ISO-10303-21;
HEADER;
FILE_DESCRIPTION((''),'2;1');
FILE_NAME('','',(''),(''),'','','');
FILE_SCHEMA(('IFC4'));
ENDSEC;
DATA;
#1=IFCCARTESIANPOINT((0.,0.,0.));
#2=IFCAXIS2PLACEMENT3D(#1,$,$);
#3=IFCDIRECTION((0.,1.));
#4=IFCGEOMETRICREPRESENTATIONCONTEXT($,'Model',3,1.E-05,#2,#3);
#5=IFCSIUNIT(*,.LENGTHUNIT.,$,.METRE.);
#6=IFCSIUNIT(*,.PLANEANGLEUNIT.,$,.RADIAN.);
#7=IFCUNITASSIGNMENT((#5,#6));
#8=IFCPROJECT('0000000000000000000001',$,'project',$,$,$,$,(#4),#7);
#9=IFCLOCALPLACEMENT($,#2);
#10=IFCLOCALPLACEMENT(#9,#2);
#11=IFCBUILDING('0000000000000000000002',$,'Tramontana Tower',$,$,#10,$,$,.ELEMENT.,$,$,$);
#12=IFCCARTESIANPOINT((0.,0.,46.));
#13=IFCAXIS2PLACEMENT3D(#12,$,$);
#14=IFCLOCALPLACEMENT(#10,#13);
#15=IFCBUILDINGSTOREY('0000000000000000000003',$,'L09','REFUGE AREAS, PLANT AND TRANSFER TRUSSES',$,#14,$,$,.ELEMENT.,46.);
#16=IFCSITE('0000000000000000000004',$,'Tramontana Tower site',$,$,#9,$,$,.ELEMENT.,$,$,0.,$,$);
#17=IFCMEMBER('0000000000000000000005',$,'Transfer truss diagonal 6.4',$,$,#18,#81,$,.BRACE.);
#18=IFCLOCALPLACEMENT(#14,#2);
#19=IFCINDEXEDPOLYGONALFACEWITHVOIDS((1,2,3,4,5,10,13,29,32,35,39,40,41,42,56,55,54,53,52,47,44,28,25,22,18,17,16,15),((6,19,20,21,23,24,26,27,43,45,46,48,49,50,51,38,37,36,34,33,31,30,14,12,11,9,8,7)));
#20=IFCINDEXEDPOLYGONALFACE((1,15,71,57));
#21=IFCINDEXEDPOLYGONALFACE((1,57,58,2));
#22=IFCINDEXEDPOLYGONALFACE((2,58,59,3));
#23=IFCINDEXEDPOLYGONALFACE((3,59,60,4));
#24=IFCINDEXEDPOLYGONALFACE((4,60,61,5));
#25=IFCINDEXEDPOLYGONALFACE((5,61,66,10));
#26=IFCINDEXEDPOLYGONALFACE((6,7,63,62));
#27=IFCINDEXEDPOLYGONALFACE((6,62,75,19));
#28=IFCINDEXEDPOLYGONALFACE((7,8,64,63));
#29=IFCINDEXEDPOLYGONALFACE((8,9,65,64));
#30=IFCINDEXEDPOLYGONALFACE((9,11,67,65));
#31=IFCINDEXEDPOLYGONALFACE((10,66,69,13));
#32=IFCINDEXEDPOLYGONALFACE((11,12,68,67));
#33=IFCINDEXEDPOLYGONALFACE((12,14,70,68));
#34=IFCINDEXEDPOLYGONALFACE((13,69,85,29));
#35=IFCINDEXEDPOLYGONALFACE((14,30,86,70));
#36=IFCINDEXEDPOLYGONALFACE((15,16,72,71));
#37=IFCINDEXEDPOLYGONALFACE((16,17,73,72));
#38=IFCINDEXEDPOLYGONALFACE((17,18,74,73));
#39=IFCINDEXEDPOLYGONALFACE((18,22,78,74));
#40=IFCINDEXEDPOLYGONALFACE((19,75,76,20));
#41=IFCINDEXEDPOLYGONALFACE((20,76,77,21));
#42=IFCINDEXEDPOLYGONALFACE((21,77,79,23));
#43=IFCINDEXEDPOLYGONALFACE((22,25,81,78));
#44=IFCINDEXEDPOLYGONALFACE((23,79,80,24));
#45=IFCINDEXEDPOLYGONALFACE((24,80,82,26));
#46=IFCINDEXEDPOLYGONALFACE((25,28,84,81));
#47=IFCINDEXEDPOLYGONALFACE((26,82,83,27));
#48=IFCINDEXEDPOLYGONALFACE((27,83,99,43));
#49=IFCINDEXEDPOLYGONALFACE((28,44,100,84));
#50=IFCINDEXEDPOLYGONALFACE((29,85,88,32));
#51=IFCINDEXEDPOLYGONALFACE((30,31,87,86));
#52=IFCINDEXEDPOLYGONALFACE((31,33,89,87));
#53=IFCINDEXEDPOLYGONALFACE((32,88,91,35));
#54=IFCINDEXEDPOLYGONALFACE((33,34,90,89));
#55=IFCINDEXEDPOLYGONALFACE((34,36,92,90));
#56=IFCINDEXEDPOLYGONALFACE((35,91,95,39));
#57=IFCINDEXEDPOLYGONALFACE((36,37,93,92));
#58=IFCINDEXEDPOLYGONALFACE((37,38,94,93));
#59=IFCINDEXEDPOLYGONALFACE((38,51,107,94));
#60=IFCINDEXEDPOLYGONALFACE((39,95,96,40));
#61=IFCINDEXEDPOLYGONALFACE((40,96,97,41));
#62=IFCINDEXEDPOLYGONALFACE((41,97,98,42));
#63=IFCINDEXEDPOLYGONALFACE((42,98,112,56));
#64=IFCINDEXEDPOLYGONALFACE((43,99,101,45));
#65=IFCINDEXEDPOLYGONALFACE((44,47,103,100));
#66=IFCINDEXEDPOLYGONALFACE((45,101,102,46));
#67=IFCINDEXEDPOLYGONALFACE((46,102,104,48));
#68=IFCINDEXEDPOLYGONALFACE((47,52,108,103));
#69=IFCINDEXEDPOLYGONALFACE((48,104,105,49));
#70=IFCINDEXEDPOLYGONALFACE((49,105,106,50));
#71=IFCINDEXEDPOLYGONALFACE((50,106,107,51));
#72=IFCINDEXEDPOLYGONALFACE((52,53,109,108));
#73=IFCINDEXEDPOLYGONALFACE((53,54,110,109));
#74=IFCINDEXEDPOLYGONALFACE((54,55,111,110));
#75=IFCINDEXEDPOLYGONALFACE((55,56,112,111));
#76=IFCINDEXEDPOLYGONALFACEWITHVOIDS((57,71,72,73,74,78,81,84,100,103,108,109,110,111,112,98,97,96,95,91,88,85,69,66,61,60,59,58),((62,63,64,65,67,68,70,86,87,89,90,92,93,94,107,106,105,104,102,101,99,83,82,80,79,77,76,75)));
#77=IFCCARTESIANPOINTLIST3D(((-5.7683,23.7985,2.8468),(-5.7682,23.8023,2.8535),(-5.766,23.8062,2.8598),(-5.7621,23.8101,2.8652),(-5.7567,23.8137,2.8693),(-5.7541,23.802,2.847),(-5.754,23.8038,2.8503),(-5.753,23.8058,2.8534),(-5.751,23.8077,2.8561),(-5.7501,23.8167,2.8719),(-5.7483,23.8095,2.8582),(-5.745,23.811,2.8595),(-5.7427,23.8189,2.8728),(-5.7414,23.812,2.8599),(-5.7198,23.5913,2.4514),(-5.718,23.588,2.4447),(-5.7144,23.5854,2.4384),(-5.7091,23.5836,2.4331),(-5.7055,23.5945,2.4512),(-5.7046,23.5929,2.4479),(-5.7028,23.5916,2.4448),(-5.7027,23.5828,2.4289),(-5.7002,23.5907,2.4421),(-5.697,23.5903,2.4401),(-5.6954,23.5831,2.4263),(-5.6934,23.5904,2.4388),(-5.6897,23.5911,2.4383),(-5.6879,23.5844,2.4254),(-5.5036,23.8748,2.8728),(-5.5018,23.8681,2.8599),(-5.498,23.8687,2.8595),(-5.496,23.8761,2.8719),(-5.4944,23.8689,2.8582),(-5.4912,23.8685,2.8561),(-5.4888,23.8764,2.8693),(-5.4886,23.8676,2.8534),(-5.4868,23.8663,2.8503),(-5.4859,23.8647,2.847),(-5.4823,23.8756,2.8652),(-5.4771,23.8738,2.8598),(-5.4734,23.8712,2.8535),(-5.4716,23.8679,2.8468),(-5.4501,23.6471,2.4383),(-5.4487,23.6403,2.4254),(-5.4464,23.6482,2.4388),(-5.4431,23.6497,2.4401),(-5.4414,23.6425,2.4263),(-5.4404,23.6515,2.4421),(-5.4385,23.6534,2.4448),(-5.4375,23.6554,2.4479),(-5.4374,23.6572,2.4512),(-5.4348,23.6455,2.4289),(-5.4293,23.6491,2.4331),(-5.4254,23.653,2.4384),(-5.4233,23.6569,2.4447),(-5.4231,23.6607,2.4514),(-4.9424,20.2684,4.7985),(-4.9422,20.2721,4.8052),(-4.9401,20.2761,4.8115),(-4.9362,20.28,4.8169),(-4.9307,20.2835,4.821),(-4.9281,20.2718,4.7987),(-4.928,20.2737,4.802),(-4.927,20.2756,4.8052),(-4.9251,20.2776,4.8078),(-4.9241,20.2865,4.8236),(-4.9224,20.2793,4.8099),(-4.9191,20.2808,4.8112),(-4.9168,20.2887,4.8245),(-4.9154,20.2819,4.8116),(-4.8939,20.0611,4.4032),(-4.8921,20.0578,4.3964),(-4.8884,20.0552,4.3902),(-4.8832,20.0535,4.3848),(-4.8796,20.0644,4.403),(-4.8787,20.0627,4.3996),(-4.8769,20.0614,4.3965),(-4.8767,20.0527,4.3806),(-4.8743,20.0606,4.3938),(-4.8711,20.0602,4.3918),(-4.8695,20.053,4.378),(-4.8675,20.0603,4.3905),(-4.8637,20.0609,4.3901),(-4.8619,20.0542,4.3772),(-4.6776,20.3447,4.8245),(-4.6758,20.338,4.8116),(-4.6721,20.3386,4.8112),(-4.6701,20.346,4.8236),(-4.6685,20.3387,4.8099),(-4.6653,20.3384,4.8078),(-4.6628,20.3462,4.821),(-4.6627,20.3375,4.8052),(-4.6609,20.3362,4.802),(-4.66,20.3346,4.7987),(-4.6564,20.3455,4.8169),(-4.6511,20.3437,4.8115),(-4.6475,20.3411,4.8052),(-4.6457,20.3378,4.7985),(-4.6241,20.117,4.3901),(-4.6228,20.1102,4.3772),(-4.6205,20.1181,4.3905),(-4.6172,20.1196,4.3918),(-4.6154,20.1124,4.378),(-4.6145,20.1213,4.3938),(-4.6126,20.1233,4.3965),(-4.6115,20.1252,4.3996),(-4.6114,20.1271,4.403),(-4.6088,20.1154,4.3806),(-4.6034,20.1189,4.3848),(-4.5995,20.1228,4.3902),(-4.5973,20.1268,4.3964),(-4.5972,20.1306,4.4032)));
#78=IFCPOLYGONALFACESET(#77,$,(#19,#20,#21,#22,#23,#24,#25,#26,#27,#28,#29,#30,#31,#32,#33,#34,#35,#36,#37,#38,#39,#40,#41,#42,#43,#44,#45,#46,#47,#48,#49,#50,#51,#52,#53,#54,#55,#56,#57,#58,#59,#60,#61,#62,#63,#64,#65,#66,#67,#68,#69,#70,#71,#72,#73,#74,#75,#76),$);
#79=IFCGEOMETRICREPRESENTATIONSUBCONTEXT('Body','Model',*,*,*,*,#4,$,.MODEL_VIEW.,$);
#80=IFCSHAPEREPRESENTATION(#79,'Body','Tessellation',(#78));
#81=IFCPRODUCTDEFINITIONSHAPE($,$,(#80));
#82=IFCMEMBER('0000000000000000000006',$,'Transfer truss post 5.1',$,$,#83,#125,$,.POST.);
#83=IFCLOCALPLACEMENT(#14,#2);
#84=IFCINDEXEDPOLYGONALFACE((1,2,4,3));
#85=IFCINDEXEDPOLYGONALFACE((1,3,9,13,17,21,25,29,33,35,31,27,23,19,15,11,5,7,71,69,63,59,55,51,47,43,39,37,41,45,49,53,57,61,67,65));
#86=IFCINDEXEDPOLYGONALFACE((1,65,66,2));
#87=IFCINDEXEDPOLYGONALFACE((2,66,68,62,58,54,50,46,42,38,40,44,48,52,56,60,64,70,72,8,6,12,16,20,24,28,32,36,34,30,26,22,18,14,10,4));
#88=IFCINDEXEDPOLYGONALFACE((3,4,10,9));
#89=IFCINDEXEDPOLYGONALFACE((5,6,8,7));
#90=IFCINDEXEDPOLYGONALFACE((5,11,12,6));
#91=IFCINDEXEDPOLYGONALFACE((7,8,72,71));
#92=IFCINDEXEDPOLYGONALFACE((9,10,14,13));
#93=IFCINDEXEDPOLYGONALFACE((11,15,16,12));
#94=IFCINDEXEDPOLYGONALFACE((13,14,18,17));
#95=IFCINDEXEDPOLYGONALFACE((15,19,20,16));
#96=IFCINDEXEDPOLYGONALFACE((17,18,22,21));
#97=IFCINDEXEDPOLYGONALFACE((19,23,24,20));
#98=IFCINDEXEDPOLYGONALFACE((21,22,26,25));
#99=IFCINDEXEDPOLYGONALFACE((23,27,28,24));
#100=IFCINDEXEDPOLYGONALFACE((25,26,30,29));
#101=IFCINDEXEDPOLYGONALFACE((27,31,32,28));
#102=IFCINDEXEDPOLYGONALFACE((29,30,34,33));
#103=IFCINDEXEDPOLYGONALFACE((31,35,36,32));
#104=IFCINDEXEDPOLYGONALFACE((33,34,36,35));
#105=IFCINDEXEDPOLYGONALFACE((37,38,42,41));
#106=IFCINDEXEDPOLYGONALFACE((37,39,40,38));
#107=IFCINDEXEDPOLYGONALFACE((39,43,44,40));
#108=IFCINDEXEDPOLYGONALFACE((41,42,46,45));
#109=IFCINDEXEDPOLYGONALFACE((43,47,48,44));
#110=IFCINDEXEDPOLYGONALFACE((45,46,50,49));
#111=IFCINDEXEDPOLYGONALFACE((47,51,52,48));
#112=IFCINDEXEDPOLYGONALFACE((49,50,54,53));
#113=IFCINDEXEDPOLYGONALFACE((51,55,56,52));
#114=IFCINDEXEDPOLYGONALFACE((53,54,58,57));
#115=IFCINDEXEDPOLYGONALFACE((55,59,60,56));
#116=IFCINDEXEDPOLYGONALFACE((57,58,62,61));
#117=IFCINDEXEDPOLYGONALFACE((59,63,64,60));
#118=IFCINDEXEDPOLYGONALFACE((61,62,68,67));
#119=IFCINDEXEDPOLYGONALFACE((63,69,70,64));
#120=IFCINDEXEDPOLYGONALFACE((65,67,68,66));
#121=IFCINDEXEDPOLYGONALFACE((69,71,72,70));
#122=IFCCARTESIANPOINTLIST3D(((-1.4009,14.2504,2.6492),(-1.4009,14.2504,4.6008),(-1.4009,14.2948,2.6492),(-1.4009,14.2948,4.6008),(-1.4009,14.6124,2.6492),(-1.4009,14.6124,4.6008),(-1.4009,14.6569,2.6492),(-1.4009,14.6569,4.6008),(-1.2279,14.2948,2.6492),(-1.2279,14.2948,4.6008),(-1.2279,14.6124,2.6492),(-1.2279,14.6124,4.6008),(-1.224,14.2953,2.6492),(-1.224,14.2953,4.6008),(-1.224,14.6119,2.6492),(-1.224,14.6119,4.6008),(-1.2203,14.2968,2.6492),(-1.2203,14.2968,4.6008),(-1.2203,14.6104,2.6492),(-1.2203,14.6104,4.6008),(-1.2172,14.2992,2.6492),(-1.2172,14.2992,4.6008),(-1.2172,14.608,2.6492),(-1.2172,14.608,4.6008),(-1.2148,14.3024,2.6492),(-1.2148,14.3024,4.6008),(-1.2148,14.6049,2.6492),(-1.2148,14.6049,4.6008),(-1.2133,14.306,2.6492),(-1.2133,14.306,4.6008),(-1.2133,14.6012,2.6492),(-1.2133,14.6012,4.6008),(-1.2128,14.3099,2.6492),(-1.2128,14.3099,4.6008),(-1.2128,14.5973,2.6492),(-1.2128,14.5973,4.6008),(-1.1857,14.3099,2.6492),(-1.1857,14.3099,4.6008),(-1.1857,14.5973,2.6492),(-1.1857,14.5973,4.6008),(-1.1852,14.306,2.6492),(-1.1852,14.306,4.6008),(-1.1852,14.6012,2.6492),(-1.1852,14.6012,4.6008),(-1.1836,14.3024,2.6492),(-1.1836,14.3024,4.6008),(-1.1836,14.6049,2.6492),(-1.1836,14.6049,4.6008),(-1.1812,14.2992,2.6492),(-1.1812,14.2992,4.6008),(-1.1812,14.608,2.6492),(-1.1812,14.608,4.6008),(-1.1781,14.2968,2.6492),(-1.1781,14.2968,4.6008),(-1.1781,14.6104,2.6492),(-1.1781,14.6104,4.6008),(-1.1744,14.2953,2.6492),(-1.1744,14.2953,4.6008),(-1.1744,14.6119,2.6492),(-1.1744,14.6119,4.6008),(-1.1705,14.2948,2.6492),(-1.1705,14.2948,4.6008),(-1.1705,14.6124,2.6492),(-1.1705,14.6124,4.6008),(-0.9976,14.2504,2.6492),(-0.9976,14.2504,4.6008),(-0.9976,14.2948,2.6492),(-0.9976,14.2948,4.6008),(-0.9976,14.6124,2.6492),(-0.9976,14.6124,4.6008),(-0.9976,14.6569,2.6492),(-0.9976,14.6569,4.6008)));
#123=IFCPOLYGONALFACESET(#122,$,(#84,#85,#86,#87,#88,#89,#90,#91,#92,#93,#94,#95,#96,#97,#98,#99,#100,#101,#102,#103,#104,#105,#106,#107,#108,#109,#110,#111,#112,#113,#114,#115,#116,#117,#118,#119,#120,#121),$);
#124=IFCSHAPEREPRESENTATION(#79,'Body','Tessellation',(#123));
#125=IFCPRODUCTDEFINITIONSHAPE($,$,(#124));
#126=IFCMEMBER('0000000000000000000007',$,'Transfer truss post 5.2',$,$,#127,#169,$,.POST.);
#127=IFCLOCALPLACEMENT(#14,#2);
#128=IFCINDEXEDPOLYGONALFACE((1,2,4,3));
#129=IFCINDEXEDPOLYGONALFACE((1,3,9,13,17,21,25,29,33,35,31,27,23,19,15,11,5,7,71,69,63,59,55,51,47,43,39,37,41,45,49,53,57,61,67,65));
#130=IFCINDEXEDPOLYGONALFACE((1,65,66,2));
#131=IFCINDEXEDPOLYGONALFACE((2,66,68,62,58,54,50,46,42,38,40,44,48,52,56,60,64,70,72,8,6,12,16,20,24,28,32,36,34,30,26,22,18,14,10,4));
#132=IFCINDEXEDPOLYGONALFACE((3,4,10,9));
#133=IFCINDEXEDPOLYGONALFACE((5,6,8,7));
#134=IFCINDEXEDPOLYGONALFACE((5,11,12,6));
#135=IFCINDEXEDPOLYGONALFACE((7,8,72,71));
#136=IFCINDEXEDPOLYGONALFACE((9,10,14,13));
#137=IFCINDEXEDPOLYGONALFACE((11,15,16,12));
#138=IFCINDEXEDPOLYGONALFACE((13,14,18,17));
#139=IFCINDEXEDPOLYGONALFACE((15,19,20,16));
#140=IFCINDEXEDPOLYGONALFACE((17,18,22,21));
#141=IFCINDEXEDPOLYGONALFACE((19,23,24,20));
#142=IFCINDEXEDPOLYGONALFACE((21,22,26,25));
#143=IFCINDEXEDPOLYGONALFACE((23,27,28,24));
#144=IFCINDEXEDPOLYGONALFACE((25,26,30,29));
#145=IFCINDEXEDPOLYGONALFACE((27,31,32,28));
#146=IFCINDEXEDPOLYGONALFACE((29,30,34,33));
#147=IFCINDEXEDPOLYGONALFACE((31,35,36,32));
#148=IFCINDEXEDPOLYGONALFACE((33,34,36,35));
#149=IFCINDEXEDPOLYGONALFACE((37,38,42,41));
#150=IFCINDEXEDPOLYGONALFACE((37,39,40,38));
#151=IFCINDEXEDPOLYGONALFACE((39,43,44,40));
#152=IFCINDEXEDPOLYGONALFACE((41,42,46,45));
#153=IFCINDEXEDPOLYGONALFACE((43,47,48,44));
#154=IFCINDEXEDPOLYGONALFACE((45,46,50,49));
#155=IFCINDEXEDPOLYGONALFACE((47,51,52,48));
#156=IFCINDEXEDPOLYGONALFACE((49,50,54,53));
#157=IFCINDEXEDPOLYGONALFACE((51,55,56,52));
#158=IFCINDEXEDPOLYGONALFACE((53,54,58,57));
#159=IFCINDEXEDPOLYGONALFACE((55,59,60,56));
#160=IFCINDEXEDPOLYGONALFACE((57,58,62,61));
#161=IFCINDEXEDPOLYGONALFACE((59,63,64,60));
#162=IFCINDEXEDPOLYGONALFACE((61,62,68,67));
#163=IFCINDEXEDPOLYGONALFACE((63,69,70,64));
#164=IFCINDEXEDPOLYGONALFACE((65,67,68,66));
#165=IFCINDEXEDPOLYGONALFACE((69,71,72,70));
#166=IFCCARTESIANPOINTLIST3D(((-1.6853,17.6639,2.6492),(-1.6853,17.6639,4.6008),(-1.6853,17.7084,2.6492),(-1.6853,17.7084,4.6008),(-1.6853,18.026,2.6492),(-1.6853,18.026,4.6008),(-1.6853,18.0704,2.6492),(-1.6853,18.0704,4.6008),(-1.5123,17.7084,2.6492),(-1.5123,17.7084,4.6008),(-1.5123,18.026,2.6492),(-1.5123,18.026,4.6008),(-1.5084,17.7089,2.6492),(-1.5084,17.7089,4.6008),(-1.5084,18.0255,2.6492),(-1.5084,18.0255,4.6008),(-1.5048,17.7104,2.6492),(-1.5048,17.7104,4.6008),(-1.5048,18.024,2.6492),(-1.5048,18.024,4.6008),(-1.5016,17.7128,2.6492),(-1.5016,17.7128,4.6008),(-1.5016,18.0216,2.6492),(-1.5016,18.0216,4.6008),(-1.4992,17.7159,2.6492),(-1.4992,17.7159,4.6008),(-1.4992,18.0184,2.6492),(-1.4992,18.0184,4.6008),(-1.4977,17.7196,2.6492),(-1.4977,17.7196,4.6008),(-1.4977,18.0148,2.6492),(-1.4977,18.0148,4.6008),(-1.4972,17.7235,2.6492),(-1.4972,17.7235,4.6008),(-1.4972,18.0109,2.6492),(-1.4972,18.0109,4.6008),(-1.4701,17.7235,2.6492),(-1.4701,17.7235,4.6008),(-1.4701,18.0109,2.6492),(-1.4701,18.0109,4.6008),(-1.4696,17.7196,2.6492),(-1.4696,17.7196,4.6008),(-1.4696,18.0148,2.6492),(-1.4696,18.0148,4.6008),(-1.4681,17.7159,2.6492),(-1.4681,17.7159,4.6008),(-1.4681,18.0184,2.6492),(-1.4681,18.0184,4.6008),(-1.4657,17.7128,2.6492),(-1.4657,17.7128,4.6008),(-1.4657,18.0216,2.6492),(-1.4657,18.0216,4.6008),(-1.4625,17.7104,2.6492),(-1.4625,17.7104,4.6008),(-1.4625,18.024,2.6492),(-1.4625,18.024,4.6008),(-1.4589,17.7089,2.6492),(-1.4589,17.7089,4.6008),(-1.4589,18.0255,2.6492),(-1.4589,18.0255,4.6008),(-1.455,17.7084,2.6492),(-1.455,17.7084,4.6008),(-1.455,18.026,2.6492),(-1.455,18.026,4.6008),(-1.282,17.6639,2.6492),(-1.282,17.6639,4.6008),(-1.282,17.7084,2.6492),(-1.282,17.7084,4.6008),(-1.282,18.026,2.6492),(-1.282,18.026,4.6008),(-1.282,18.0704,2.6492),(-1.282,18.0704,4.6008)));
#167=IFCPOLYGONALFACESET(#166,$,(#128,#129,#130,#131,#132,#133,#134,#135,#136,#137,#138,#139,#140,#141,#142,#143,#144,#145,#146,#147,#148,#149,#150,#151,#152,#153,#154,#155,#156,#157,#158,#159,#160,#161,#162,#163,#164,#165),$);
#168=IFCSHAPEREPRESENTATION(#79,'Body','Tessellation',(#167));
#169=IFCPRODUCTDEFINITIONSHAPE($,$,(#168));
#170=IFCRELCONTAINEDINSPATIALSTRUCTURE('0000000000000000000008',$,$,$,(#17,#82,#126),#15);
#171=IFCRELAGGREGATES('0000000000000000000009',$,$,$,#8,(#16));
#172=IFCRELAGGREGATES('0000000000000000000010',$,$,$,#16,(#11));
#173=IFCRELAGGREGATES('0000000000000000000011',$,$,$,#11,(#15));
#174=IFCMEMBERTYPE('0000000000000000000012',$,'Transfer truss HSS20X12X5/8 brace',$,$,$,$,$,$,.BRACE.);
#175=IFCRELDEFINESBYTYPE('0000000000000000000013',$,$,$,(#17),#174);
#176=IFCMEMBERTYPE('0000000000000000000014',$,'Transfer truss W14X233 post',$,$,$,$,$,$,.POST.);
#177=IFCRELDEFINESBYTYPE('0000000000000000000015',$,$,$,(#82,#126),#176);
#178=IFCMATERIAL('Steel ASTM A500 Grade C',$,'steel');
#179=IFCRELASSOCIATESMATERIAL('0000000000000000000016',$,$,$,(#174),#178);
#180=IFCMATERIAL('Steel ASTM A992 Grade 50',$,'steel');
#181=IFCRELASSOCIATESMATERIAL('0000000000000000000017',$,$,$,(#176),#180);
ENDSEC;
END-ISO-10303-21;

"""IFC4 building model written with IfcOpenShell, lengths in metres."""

from ifc_helpers import new_model, si_unit, direction, frame, origin, origin_2d, place, context, subcontext, project, spatial, hollow_rectangle, i_section, extrude, material, material_profile, profile_set, type_object, element, save


model = new_model("IFC4")

# Units and contexts
model_context = context("Model", 3, precision=1e-05, world=origin(), true_north=direction((0.0, 1.0)))
body_context = subcontext(model_context, "Body", "Model", "MODEL_VIEW")
ifc_project = project(units=[si_unit("LENGTHUNIT", "METRE"), si_unit("PLANEANGLEUNIT", "RADIAN")], contexts=[model_context])

# Site, building, storey
site_placement = place(None, origin())
site = spatial("IfcSite", under=ifc_project, at=site_placement, Name="Tramontana Tower site", CompositionType="ELEMENT", RefElevation=0.0)
building_placement = place(site_placement, origin())
building = spatial("IfcBuilding", under=site, at=building_placement, Name="Tramontana Tower", CompositionType="ELEMENT")
storey_placement = place(building_placement, frame((0.0, 0.0, 46.0)))
storey = spatial("IfcBuildingStorey", under=building, at=storey_placement, Name="L09", Description="REFUGE AREAS, PLANT AND TRANSFER TRUSSES", CompositionType="ELEMENT", Elevation=46.0)

# Members
ifc_material_1 = material(Name="Steel ASTM A500 Grade C", Category="steel")
ifc_material_profile_1 = material_profile(ifc_material_1, hollow_rectangle(XDim=0.3047, YDim=0.5081, WallThickness=0.0146, InnerFilletRadius=0.0146, OuterFilletRadius=0.0295, at=origin_2d()), Name="HSS20X12X5/8")
ifc_profile_set_1 = profile_set([ifc_material_profile_1], Name="Steel ASTM A500 Grade C")
member_type_1 = type_object("IfcMemberType", Name="Transfer truss HSS20X12X5/8 brace", PredefinedType="BRACE", material=ifc_profile_set_1)
member_1_placement = place(storey_placement, frame((-4.7698, 20.1995, 4.6008), z_axis=(-0.200599, 0.857363, -0.474013), x_axis=(-0.973703, -0.227819, 0.0)))
element("IfcMember", 1, at=member_1_placement, inside=storey, type_object=member_type_1, Name="Transfer truss diagonal 6.4", PredefinedType="BRACE", context=body_context, shape_type="SweptSolid", body=[
    extrude(hollow_rectangle(XDim=0.3047, YDim=0.5081, WallThickness=0.0146, InnerFilletRadius=0.0146, OuterFilletRadius=0.0295, at=origin_2d()), origin(), (0.0, 0.0, 1.0), 4.1174),
])
ifc_material_2 = material(Name="Steel ASTM A992 Grade 50", Category="steel")
ifc_material_profile_2 = material_profile(ifc_material_2, i_section(OverallWidth=0.4033, OverallDepth=0.4065, WebThickness=0.0271, FlangeThickness=0.0444, FilletRadius=0.0151, at=origin_2d()), Name="W14X233")
ifc_profile_set_2 = profile_set([ifc_material_profile_2], Name="Steel ASTM A992 Grade 50")
member_type_2 = type_object("IfcMemberType", Name="Transfer truss W14X233 post", PredefinedType="POST", material=ifc_profile_set_2)
for number, where, z_axis, x_axis, name in (
    (2, (-1.1992, 14.4536, 2.6492), (0.0, 0.0, 1.0), (1.0, 0.0, 0.0), "Transfer truss post 5.1"),
    (3, (-1.4836, 17.8672, 2.6492), (0.0, 0.0, 1.0), (1.0, 0.0, 0.0), "Transfer truss post 5.2"),
):
    element("IfcMember", number, at=place(storey_placement, frame(where, z_axis=z_axis, x_axis=x_axis)), inside=storey, type_object=member_type_2, Name=name, PredefinedType="POST", context=body_context, shape_type="SweptSolid", body=[
        extrude(i_section(OverallWidth=0.4033, OverallDepth=0.4065, WebThickness=0.0271, FlangeThickness=0.0444, FilletRadius=0.0151, at=origin_2d()), origin(), (0.0, 0.0, 1.0), 1.9517),
    ])

save(model, "model.ifc")
